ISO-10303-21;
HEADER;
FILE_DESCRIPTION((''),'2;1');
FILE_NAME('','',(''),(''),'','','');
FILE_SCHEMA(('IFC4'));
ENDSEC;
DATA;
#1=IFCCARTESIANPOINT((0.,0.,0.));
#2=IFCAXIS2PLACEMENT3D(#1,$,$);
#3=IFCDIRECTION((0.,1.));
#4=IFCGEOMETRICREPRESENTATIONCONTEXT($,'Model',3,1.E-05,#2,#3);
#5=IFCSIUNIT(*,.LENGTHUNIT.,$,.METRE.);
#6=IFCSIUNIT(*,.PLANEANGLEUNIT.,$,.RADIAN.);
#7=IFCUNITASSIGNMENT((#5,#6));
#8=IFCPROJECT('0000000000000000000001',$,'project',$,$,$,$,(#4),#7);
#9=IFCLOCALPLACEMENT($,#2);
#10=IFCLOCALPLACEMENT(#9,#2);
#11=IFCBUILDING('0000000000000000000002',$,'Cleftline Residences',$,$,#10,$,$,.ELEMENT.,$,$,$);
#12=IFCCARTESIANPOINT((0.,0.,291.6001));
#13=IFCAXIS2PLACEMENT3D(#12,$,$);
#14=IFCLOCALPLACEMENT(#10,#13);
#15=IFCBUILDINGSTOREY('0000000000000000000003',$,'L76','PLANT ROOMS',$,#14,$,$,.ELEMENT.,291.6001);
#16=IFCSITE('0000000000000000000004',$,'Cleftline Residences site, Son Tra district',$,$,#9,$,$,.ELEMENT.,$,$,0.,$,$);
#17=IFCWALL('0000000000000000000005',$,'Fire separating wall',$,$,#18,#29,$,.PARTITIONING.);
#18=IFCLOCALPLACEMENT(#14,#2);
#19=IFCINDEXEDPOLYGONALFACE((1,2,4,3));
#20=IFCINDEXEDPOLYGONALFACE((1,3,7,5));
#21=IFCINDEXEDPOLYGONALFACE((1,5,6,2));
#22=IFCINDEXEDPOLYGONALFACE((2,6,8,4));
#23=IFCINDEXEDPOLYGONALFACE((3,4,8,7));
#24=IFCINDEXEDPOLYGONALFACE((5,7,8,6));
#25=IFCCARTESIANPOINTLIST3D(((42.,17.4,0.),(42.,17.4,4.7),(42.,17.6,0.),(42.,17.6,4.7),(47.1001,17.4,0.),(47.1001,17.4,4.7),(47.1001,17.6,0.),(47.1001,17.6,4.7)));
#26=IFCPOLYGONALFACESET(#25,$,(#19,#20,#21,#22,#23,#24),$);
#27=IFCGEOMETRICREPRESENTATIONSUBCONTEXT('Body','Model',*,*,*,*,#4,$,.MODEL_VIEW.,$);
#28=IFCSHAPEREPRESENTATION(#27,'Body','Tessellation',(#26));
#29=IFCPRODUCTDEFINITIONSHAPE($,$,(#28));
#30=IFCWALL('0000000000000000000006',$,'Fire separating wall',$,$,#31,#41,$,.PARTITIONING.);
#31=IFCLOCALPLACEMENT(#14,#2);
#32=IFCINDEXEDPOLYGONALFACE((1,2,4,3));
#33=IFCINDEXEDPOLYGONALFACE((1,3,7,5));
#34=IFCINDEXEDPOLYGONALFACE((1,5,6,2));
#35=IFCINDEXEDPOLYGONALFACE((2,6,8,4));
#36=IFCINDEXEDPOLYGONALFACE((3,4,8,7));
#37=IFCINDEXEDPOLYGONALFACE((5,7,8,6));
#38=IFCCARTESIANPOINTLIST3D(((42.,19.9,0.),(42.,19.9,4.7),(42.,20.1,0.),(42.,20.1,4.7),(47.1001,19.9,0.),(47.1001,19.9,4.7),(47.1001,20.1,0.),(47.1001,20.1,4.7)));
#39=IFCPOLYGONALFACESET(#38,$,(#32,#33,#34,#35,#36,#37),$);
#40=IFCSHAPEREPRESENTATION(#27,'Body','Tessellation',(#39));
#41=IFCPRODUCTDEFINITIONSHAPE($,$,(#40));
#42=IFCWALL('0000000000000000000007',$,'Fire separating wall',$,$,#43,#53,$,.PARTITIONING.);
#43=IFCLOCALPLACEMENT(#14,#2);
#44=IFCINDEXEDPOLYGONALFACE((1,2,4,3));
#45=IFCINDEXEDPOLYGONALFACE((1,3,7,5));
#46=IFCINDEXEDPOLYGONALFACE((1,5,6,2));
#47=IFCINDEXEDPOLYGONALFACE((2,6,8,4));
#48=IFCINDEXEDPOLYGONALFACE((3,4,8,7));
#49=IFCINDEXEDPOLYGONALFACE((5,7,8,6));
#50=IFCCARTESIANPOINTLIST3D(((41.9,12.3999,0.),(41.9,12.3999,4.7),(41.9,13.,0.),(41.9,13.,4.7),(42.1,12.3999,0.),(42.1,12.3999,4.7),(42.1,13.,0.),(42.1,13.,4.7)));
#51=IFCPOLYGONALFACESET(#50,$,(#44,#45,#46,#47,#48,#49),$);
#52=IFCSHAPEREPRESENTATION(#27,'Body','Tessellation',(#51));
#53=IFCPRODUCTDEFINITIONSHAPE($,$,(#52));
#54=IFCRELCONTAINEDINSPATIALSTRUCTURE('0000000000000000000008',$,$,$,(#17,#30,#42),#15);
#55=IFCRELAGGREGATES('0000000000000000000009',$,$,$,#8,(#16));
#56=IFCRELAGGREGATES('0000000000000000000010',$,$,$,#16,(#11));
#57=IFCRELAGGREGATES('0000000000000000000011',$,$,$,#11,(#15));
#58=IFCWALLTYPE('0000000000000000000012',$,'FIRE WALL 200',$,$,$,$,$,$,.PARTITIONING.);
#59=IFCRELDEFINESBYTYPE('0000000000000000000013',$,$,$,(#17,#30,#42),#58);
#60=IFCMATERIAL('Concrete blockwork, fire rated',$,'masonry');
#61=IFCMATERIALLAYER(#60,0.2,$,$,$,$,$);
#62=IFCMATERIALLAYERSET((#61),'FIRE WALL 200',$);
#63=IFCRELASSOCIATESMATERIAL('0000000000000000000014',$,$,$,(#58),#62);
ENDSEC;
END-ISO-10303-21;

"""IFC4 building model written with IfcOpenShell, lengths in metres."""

from ifc_helpers import new_model, si_unit, direction, frame, frame_2d, origin, place, context, subcontext, project, spatial, rectangle, extrude, material, layer, layer_set, type_object, element, save


model = new_model("IFC4")

# Units and contexts
model_context = context("Model", 3, precision=1e-05, world=origin(), true_north=direction((0.0, 1.0)))
body_context = subcontext(model_context, "Body", "Model", "MODEL_VIEW")
ifc_project = project(units=[si_unit("LENGTHUNIT", "METRE"), si_unit("PLANEANGLEUNIT", "RADIAN")], contexts=[model_context])

# Site, building, storey
site_placement = place(None, origin())
site = spatial("IfcSite", under=ifc_project, at=site_placement, Name="Cleftline Residences site, Son Tra district", CompositionType="ELEMENT", RefElevation=0.0)
building_placement = place(site_placement, origin())
building = spatial("IfcBuilding", under=site, at=building_placement, Name="Cleftline Residences", CompositionType="ELEMENT")
storey_placement = place(building_placement, frame((0.0, 0.0, 291.6001)))
storey = spatial("IfcBuildingStorey", under=building, at=storey_placement, Name="L76", Description="PLANT ROOMS", CompositionType="ELEMENT", Elevation=291.6001)

# Shared definitions
ifc_material_1 = material(Name="Concrete blockwork, fire rated", Category="masonry")
ifc_layer_1 = layer(ifc_material_1, 0.2)
ifc_layer_set_1 = layer_set([ifc_layer_1], Name="FIRE WALL 200")
wall_type_1 = type_object("IfcWallType", Name="FIRE WALL 200", PredefinedType="PARTITIONING", material=ifc_layer_set_1)

# Walls
for number, where, z_axis, x_axis, name in (
    (1, (42.0, 17.5, 0.0), (0.0, 0.0, 1.0), (1.0, 0.0, 0.0), "Fire separating wall"),
    (2, (42.0, 20.0, 0.0), (0.0, 0.0, 1.0), (1.0, 0.0, 0.0), "Fire separating wall"),
):
    element("IfcWall", number, at=place(storey_placement, frame(where, z_axis=z_axis, x_axis=x_axis)), inside=storey, type_object=wall_type_1, Name=name, PredefinedType="PARTITIONING", context=body_context, shape_type="SweptSolid", body=[
        extrude(rectangle(XDim=5.1001, YDim=0.2, at=frame_2d((2.55, 0.0))), origin(), (0.0, 0.0, 1.0), 4.7),
    ])
wall_1_placement = place(storey_placement, frame((42.0, 12.3999, 0.0), z_axis=(0.0, 0.0, 1.0), x_axis=(0.0, 1.0, 0.0)))
element("IfcWall", 3, at=wall_1_placement, inside=storey, type_object=wall_type_1, Name="Fire separating wall", PredefinedType="PARTITIONING", context=body_context, shape_type="SweptSolid", body=[
    extrude(rectangle(XDim=0.6001, YDim=0.2, at=frame_2d((0.3, 0.0))), origin(), (0.0, 0.0, 1.0), 4.7),
])

save(model, "model.ifc")
